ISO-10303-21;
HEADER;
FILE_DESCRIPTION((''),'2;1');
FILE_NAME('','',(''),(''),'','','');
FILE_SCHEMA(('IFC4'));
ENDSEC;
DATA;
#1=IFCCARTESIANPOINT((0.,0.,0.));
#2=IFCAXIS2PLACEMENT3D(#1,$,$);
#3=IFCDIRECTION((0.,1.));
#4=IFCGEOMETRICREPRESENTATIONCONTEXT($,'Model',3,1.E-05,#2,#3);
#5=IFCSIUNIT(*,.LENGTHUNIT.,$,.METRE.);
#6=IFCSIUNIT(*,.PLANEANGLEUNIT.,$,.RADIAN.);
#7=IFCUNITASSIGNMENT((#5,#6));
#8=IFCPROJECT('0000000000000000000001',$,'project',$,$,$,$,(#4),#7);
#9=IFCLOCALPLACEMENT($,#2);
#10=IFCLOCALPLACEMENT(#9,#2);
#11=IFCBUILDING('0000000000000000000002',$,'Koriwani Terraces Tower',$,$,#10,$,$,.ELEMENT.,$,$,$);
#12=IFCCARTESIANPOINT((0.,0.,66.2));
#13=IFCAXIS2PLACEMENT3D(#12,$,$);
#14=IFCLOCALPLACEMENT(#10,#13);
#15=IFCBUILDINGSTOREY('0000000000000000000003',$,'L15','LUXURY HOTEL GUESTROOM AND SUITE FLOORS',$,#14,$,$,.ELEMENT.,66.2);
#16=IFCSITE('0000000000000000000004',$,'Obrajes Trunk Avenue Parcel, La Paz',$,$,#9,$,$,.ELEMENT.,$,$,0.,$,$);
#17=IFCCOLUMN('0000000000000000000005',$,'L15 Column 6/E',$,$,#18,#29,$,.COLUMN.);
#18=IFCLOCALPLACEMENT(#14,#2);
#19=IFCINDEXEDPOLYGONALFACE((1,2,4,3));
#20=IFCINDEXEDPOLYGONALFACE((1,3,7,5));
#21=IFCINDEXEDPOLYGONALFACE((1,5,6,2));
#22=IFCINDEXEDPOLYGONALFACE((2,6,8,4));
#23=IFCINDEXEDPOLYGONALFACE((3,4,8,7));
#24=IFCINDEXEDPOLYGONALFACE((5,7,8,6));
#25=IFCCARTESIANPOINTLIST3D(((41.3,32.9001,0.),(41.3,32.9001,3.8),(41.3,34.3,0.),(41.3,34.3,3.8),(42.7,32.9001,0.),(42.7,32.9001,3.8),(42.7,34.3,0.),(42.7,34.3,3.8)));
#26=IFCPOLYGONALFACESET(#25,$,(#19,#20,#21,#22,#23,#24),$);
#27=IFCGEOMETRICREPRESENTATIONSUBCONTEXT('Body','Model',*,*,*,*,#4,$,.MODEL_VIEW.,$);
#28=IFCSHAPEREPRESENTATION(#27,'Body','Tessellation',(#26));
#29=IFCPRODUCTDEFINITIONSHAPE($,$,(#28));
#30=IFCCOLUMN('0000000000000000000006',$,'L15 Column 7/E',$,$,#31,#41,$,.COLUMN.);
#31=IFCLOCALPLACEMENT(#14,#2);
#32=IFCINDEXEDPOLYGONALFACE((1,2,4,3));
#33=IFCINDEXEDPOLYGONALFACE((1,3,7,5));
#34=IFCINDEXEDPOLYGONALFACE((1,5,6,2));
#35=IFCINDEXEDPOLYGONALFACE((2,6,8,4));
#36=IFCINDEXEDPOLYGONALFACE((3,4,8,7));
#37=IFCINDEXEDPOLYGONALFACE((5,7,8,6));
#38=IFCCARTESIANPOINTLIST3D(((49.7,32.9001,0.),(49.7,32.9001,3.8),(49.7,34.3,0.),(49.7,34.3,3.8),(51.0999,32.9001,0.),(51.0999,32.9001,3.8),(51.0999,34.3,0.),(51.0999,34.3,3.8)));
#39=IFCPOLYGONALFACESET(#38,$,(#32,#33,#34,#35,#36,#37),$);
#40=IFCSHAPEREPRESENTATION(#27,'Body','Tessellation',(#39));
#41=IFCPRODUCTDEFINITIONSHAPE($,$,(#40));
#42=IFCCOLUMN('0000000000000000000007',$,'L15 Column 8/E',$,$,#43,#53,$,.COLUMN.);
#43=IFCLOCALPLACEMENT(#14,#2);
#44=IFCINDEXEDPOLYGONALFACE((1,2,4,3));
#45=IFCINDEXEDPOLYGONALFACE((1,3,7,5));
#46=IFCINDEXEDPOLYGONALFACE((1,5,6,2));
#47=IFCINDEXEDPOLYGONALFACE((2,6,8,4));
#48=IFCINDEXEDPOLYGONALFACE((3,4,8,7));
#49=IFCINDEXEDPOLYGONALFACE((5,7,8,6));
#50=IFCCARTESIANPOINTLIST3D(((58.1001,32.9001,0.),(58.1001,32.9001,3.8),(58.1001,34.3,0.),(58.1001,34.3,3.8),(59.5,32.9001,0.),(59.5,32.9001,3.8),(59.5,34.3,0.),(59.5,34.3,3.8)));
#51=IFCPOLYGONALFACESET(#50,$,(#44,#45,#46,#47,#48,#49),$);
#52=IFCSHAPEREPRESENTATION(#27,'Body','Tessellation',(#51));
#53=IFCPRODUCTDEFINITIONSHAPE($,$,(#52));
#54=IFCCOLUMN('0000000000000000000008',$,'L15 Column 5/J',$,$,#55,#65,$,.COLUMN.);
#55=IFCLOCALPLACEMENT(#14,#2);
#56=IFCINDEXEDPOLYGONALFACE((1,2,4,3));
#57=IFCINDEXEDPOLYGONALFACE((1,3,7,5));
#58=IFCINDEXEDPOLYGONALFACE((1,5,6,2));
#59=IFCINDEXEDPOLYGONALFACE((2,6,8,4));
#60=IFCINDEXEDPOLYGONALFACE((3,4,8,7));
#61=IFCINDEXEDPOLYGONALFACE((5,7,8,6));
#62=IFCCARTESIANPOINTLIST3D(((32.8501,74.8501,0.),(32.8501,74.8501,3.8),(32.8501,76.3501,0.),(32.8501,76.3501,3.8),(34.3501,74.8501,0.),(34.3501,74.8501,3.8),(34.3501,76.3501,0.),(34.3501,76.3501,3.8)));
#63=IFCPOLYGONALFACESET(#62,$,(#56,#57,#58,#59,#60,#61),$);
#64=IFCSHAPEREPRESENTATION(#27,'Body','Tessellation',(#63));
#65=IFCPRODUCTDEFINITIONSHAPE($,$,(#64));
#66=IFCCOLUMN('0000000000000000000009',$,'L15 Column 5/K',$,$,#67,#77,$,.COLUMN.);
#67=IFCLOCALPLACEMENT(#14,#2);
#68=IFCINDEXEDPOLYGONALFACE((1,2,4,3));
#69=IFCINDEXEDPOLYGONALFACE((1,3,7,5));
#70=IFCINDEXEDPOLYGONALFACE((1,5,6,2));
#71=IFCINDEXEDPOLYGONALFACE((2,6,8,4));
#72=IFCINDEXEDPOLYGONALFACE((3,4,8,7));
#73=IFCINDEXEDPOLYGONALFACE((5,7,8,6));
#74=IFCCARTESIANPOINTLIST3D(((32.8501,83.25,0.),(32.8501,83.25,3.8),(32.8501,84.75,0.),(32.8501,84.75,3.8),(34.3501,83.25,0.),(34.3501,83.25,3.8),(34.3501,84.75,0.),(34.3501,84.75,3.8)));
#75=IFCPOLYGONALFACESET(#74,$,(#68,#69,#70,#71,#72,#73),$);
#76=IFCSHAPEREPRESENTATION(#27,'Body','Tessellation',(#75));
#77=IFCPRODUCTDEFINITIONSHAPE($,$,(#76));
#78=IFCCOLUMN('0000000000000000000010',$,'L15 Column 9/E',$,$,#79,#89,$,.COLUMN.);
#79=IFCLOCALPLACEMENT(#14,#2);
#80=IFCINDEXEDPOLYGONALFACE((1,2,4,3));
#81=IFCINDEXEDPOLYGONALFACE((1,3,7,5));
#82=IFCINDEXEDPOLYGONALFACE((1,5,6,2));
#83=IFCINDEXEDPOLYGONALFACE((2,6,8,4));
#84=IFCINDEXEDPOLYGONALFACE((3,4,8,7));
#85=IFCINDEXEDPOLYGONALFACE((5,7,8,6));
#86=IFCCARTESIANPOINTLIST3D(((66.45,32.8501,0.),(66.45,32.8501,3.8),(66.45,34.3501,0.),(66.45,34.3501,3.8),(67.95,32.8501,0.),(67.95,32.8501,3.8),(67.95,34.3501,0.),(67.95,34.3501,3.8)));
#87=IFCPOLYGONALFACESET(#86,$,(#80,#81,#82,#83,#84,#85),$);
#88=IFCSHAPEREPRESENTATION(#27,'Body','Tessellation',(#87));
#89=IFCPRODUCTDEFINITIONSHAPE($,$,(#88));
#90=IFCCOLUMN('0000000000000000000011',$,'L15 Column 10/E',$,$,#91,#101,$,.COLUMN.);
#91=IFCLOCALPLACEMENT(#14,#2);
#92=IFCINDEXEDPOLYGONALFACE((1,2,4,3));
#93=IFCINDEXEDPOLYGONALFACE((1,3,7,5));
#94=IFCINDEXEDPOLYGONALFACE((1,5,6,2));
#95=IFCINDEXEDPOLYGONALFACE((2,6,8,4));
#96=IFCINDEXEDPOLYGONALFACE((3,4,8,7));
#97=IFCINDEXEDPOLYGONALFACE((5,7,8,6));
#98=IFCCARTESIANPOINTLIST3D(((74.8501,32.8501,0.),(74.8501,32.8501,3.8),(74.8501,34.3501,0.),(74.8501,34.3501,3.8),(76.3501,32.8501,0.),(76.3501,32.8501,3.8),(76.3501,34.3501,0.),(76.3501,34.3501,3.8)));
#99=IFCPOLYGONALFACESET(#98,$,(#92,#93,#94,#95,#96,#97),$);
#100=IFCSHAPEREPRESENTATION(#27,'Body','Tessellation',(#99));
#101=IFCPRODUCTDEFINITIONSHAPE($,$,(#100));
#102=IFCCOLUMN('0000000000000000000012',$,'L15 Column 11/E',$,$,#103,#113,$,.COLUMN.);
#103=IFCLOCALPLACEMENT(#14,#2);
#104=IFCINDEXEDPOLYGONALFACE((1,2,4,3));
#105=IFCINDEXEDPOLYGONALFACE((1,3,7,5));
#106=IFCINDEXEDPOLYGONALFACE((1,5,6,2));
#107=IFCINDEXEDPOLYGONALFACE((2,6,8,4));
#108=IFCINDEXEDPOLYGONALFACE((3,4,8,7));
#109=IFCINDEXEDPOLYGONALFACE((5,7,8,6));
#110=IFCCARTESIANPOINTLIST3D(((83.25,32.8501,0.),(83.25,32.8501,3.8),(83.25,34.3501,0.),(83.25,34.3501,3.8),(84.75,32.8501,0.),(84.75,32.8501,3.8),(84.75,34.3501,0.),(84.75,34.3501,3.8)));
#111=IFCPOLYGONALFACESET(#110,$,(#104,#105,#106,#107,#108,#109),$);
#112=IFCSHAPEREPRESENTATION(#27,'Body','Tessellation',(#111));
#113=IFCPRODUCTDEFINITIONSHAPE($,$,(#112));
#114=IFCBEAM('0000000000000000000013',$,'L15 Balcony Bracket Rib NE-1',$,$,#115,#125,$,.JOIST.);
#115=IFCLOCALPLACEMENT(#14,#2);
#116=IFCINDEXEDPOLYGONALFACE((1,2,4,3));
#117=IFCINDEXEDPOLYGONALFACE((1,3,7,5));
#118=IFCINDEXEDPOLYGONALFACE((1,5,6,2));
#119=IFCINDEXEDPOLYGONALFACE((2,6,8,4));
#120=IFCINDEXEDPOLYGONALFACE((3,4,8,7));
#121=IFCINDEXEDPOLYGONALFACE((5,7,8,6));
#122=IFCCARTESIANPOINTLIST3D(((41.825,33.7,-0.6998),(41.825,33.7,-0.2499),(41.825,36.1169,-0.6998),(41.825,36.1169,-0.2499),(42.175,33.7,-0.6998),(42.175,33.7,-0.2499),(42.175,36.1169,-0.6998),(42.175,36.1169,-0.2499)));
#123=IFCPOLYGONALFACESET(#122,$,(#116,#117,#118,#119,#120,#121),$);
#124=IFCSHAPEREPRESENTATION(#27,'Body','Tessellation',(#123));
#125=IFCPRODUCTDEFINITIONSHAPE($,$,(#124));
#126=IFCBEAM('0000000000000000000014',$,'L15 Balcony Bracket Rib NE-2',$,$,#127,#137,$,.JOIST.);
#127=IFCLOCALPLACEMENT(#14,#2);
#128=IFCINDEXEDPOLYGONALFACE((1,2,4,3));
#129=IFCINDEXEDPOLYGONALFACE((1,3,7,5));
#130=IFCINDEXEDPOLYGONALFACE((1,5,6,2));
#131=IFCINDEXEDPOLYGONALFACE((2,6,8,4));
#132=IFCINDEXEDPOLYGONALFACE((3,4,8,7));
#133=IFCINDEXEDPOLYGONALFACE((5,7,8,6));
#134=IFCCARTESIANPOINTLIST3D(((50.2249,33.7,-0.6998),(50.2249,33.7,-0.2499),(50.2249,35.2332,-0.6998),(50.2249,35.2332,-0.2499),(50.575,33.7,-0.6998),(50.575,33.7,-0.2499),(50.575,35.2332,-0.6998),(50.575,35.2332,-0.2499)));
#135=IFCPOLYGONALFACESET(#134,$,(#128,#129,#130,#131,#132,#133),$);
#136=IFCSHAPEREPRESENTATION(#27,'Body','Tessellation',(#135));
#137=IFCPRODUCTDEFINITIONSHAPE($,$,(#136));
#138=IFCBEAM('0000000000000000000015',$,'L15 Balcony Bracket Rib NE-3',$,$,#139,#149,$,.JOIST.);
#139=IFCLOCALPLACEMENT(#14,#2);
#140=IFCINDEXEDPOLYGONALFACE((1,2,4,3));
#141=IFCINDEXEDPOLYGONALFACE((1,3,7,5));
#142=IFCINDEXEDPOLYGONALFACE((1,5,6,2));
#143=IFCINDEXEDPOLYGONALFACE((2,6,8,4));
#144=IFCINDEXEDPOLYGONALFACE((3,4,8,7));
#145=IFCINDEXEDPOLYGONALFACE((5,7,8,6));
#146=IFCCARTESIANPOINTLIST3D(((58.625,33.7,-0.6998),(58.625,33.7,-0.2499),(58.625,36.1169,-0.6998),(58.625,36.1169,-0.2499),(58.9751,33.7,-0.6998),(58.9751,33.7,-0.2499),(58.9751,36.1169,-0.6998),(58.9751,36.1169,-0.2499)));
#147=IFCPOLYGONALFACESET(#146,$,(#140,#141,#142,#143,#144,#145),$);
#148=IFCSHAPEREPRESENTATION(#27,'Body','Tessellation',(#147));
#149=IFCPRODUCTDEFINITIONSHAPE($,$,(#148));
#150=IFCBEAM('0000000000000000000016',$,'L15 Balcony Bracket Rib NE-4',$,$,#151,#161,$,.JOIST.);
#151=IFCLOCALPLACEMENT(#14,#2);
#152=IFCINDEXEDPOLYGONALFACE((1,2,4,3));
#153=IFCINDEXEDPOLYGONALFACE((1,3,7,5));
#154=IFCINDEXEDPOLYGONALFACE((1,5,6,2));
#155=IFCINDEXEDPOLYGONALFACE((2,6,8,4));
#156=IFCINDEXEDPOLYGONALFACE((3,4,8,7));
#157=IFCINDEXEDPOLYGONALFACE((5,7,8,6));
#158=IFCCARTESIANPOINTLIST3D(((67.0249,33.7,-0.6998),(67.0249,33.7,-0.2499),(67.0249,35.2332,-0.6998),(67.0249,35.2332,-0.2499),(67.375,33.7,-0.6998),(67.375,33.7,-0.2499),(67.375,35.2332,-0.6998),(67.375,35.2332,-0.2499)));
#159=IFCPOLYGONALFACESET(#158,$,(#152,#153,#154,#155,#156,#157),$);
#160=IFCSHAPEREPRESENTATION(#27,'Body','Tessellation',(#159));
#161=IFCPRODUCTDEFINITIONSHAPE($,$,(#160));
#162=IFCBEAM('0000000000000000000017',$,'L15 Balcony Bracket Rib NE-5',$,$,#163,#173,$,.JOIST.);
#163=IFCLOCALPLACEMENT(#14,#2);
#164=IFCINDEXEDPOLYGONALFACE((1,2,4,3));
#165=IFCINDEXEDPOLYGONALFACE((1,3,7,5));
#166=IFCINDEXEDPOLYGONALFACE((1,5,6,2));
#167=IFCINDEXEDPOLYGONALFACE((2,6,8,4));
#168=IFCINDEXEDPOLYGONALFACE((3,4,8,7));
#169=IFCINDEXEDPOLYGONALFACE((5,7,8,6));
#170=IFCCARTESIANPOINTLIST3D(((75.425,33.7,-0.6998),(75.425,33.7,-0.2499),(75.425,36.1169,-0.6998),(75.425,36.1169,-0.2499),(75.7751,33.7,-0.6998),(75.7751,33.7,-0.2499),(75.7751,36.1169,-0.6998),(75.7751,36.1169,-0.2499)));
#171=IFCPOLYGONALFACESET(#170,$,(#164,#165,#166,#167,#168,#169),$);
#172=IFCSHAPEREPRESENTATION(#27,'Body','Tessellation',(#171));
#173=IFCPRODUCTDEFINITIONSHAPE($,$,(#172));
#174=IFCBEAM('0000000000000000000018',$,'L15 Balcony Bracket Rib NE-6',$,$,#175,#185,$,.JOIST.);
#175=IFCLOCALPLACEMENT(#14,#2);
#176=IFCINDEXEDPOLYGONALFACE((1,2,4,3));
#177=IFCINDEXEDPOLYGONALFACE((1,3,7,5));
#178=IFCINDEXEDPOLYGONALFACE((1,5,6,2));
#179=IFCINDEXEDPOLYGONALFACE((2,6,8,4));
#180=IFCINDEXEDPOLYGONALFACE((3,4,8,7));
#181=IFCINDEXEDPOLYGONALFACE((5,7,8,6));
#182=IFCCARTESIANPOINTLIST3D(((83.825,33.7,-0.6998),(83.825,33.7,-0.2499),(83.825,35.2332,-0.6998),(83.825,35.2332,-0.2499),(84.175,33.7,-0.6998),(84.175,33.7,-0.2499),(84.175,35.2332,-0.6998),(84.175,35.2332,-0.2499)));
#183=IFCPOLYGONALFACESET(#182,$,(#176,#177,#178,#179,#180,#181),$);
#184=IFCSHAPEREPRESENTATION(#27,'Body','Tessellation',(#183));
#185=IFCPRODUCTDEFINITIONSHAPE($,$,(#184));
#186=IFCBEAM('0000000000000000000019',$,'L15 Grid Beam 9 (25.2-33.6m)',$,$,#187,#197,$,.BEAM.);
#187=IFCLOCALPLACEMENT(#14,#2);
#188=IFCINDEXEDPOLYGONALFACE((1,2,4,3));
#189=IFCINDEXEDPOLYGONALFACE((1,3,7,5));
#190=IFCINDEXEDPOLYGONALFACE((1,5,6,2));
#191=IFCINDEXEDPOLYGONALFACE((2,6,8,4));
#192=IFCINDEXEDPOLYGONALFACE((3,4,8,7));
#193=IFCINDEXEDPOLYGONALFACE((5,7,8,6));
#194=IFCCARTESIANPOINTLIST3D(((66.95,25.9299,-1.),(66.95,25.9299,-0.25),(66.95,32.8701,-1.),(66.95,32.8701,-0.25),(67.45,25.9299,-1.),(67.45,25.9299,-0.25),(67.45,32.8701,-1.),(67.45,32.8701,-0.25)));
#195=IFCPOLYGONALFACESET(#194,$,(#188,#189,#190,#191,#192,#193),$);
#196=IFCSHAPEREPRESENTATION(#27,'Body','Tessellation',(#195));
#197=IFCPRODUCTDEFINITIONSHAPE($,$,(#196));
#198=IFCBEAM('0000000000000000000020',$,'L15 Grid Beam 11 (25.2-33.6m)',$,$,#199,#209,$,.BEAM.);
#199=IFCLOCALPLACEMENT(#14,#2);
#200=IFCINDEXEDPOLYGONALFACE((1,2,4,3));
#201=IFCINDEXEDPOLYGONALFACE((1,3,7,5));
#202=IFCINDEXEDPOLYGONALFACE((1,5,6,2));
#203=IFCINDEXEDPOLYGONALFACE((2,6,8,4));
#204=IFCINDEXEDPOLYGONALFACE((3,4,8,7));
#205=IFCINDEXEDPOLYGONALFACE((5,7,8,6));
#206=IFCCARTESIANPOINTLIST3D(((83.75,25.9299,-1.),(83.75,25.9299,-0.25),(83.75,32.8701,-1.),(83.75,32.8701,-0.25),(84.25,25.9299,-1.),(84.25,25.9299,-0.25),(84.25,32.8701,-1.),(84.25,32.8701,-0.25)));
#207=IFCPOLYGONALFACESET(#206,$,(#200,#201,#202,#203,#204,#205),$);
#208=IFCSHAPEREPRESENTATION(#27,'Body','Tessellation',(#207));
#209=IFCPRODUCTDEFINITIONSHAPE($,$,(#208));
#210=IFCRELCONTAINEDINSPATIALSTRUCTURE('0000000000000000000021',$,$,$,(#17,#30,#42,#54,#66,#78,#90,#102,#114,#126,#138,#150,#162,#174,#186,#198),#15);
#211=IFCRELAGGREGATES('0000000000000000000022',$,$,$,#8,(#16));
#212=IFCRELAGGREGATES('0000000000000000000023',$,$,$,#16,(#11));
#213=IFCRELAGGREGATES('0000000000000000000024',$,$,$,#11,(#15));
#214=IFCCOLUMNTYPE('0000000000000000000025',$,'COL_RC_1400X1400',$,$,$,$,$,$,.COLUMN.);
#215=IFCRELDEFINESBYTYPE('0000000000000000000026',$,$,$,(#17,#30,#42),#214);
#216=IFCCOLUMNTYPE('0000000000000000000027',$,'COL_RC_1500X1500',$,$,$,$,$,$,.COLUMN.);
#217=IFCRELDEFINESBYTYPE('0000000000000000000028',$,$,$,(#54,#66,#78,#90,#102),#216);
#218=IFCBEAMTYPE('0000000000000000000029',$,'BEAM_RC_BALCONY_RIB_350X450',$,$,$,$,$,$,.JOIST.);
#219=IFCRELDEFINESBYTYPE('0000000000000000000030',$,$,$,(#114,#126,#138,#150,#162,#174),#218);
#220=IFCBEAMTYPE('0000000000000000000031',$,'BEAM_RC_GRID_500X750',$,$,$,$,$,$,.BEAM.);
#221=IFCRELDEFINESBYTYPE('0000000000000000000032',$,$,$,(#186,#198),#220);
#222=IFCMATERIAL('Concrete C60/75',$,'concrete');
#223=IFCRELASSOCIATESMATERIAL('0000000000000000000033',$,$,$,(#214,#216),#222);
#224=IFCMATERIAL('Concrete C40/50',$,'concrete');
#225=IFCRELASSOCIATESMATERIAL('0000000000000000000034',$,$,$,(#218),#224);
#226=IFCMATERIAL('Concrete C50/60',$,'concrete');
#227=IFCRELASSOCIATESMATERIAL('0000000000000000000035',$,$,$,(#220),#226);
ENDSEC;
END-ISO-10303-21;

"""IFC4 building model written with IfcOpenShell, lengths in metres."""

from ifc_helpers import new_model, si_unit, direction, frame, origin, origin_2d, place, context, subcontext, project, spatial, rectangle, extrude, material, material_profile, profile_set, type_object, element, save


model = new_model("IFC4")

# Units and contexts
model_context = context("Model", 3, precision=1e-05, world=origin(), true_north=direction((0.0, 1.0)))
body_context = subcontext(model_context, "Body", "Model", "MODEL_VIEW")
ifc_project = project(units=[si_unit("LENGTHUNIT", "METRE"), si_unit("PLANEANGLEUNIT", "RADIAN")], contexts=[model_context])

# Site, building, storey
site_placement = place(None, origin())
site = spatial("IfcSite", under=ifc_project, at=site_placement, Name="Obrajes Trunk Avenue Parcel, La Paz", CompositionType="ELEMENT", RefElevation=0.0)
building_placement = place(site_placement, origin())
building = spatial("IfcBuilding", under=site, at=building_placement, Name="Koriwani Terraces Tower", CompositionType="ELEMENT")
storey_placement = place(building_placement, frame((0.0, 0.0, 66.2)))
storey = spatial("IfcBuildingStorey", under=building, at=storey_placement, Name="L15", Description="LUXURY HOTEL GUESTROOM AND SUITE FLOORS", CompositionType="ELEMENT", Elevation=66.2)

# Columns
ifc_material_1 = material(Name="Concrete C60/75", Category="concrete")
ifc_material_profile_1 = material_profile(ifc_material_1, rectangle(XDim=1.3999, YDim=1.3999, at=origin_2d()), Name="Concrete C60/75", Category="LoadBearing")
ifc_profile_set_1 = profile_set([ifc_material_profile_1], Name="Concrete C60/75")
column_type_1 = type_object("IfcColumnType", Name="COL_RC_1400X1400", PredefinedType="COLUMN", material=ifc_profile_set_1)
for number, where, z_axis, x_axis, name in (
    (1, (42.0, 33.6001, 0.0), (0.0, 0.0, 1.0), (1.0, 0.0, 0.0), "L15 Column 6/E"),
    (2, (50.3999, 33.6001, 0.0), (0.0, 0.0, 1.0), (1.0, 0.0, 0.0), "L15 Column 7/E"),
    (3, (58.8, 33.6001, 0.0), (0.0, 0.0, 1.0), (1.0, 0.0, 0.0), "L15 Column 8/E"),
):
    element("IfcColumn", number, at=place(storey_placement, frame(where, z_axis=z_axis, x_axis=x_axis)), inside=storey, type_object=column_type_1, Name=name, PredefinedType="COLUMN", context=body_context, shape_type="SweptSolid", body=[
        extrude(rectangle(XDim=1.3999, YDim=1.3999, at=origin_2d()), origin(), (0.0, 0.0, 1.0), 3.8),
    ])
ifc_material_profile_2 = material_profile(ifc_material_1, rectangle(XDim=1.5, YDim=1.5, at=origin_2d()), Name="Concrete C60/75", Category="LoadBearing")
ifc_profile_set_2 = profile_set([ifc_material_profile_2], Name="Concrete C60/75")
column_type_2 = type_object("IfcColumnType", Name="COL_RC_1500X1500", PredefinedType="COLUMN", material=ifc_profile_set_2)
for number, where, z_axis, x_axis, name in (
    (4, (33.6001, 75.6001, 0.0), (0.0, 0.0, 1.0), (1.0, 0.0, 0.0), "L15 Column 5/J"),
    (5, (33.6001, 84.0, 0.0), (0.0, 0.0, 1.0), (1.0, 0.0, 0.0), "L15 Column 5/K"),
    (6, (67.2, 33.6001, 0.0), (0.0, 0.0, 1.0), (1.0, 0.0, 0.0), "L15 Column 9/E"),
    (7, (75.6001, 33.6001, 0.0), (0.0, 0.0, 1.0), (1.0, 0.0, 0.0), "L15 Column 10/E"),
    (8, (84.0, 33.6001, 0.0), (0.0, 0.0, 1.0), (1.0, 0.0, 0.0), "L15 Column 11/E"),
):
    element("IfcColumn", number, at=place(storey_placement, frame(where, z_axis=z_axis, x_axis=x_axis)), inside=storey, type_object=column_type_2, Name=name, PredefinedType="COLUMN", context=body_context, shape_type="SweptSolid", body=[
        extrude(rectangle(XDim=1.5, YDim=1.5, at=origin_2d()), origin(), (0.0, 0.0, 1.0), 3.8),
    ])

# Beams
ifc_material_2 = material(Name="Concrete C40/50", Category="concrete")
ifc_material_profile_3 = material_profile(ifc_material_2, rectangle(XDim=0.3501, YDim=0.45, at=origin_2d()), Name="Concrete C40/50", Category="LoadBearing")
ifc_profile_set_3 = profile_set([ifc_material_profile_3], Name="Concrete C40/50")
beam_type_1 = type_object("IfcBeamType", Name="BEAM_RC_BALCONY_RIB_350X450", PredefinedType="JOIST", material=ifc_profile_set_3)
beam_1_placement = place(storey_placement, frame((42.0, 33.7, -0.4749), z_axis=(0.0, 1.0, 0.0), x_axis=(-1.0, 0.0, 0.0)))
element("IfcBeam", 9, at=beam_1_placement, inside=storey, type_object=beam_type_1, Name="L15 Balcony Bracket Rib NE-1", PredefinedType="JOIST", context=body_context, shape_type="SweptSolid", body=[
    extrude(rectangle(XDim=0.3501, YDim=0.45, at=origin_2d()), origin(), (0.0, 0.0, 1.0), 2.417),
])
beam_2_placement = place(storey_placement, frame((50.3999, 33.7, -0.4749), z_axis=(0.0, 1.0, 0.0), x_axis=(-1.0, 0.0, 0.0)))
element("IfcBeam", 10, at=beam_2_placement, inside=storey, type_object=beam_type_1, Name="L15 Balcony Bracket Rib NE-2", PredefinedType="JOIST", context=body_context, shape_type="SweptSolid", body=[
    extrude(rectangle(XDim=0.3501, YDim=0.45, at=origin_2d()), origin(), (0.0, 0.0, 1.0), 1.5332),
])
beam_3_placement = place(storey_placement, frame((58.8, 33.7, -0.4749), z_axis=(0.0, 1.0, 0.0), x_axis=(-1.0, 0.0, 0.0)))
element("IfcBeam", 11, at=beam_3_placement, inside=storey, type_object=beam_type_1, Name="L15 Balcony Bracket Rib NE-3", PredefinedType="JOIST", context=body_context, shape_type="SweptSolid", body=[
    extrude(rectangle(XDim=0.3501, YDim=0.45, at=origin_2d()), origin(), (0.0, 0.0, 1.0), 2.417),
])
beam_4_placement = place(storey_placement, frame((67.2, 33.7, -0.4749), z_axis=(0.0, 1.0, 0.0), x_axis=(-1.0, 0.0, 0.0)))
element("IfcBeam", 12, at=beam_4_placement, inside=storey, type_object=beam_type_1, Name="L15 Balcony Bracket Rib NE-4", PredefinedType="JOIST", context=body_context, shape_type="SweptSolid", body=[
    extrude(rectangle(XDim=0.3501, YDim=0.45, at=origin_2d()), origin(), (0.0, 0.0, 1.0), 1.5332),
])
beam_5_placement = place(storey_placement, frame((75.6001, 33.7, -0.4749), z_axis=(0.0, 1.0, 0.0), x_axis=(-1.0, 0.0, 0.0)))
element("IfcBeam", 13, at=beam_5_placement, inside=storey, type_object=beam_type_1, Name="L15 Balcony Bracket Rib NE-5", PredefinedType="JOIST", context=body_context, shape_type="SweptSolid", body=[
    extrude(rectangle(XDim=0.3501, YDim=0.45, at=origin_2d()), origin(), (0.0, 0.0, 1.0), 2.417),
])
beam_6_placement = place(storey_placement, frame((84.0, 33.7, -0.4749), z_axis=(0.0, 1.0, 0.0), x_axis=(-1.0, 0.0, 0.0)))
element("IfcBeam", 14, at=beam_6_placement, inside=storey, type_object=beam_type_1, Name="L15 Balcony Bracket Rib NE-6", PredefinedType="JOIST", context=body_context, shape_type="SweptSolid", body=[
    extrude(rectangle(XDim=0.3501, YDim=0.45, at=origin_2d()), origin(), (0.0, 0.0, 1.0), 1.5332),
])
ifc_material_3 = material(Name="Concrete C50/60", Category="concrete")
ifc_material_profile_4 = material_profile(ifc_material_3, rectangle(XDim=0.5, YDim=0.75, at=origin_2d()), Name="Concrete C50/60", Category="LoadBearing")
ifc_profile_set_4 = profile_set([ifc_material_profile_4], Name="Concrete C50/60")
beam_type_2 = type_object("IfcBeamType", Name="BEAM_RC_GRID_500X750", PredefinedType="BEAM", material=ifc_profile_set_4)
for number, where, z_axis, x_axis, name in (
    (15, (67.2, 25.9299, -0.625), (0.0, 1.0, 0.0), (-1.0, 0.0, 0.0), "L15 Grid Beam 9 (25.2-33.6m)"),
    (16, (84.0, 25.9299, -0.625), (0.0, 1.0, 0.0), (-1.0, 0.0, 0.0), "L15 Grid Beam 11 (25.2-33.6m)"),
):
    element("IfcBeam", number, at=place(storey_placement, frame(where, z_axis=z_axis, x_axis=x_axis)), inside=storey, type_object=beam_type_2, Name=name, PredefinedType="BEAM", context=body_context, shape_type="SweptSolid", body=[
        extrude(rectangle(XDim=0.5, YDim=0.75, at=origin_2d()), origin(), (0.0, 0.0, 1.0), 6.9402),
    ])

save(model, "model.ifc")
